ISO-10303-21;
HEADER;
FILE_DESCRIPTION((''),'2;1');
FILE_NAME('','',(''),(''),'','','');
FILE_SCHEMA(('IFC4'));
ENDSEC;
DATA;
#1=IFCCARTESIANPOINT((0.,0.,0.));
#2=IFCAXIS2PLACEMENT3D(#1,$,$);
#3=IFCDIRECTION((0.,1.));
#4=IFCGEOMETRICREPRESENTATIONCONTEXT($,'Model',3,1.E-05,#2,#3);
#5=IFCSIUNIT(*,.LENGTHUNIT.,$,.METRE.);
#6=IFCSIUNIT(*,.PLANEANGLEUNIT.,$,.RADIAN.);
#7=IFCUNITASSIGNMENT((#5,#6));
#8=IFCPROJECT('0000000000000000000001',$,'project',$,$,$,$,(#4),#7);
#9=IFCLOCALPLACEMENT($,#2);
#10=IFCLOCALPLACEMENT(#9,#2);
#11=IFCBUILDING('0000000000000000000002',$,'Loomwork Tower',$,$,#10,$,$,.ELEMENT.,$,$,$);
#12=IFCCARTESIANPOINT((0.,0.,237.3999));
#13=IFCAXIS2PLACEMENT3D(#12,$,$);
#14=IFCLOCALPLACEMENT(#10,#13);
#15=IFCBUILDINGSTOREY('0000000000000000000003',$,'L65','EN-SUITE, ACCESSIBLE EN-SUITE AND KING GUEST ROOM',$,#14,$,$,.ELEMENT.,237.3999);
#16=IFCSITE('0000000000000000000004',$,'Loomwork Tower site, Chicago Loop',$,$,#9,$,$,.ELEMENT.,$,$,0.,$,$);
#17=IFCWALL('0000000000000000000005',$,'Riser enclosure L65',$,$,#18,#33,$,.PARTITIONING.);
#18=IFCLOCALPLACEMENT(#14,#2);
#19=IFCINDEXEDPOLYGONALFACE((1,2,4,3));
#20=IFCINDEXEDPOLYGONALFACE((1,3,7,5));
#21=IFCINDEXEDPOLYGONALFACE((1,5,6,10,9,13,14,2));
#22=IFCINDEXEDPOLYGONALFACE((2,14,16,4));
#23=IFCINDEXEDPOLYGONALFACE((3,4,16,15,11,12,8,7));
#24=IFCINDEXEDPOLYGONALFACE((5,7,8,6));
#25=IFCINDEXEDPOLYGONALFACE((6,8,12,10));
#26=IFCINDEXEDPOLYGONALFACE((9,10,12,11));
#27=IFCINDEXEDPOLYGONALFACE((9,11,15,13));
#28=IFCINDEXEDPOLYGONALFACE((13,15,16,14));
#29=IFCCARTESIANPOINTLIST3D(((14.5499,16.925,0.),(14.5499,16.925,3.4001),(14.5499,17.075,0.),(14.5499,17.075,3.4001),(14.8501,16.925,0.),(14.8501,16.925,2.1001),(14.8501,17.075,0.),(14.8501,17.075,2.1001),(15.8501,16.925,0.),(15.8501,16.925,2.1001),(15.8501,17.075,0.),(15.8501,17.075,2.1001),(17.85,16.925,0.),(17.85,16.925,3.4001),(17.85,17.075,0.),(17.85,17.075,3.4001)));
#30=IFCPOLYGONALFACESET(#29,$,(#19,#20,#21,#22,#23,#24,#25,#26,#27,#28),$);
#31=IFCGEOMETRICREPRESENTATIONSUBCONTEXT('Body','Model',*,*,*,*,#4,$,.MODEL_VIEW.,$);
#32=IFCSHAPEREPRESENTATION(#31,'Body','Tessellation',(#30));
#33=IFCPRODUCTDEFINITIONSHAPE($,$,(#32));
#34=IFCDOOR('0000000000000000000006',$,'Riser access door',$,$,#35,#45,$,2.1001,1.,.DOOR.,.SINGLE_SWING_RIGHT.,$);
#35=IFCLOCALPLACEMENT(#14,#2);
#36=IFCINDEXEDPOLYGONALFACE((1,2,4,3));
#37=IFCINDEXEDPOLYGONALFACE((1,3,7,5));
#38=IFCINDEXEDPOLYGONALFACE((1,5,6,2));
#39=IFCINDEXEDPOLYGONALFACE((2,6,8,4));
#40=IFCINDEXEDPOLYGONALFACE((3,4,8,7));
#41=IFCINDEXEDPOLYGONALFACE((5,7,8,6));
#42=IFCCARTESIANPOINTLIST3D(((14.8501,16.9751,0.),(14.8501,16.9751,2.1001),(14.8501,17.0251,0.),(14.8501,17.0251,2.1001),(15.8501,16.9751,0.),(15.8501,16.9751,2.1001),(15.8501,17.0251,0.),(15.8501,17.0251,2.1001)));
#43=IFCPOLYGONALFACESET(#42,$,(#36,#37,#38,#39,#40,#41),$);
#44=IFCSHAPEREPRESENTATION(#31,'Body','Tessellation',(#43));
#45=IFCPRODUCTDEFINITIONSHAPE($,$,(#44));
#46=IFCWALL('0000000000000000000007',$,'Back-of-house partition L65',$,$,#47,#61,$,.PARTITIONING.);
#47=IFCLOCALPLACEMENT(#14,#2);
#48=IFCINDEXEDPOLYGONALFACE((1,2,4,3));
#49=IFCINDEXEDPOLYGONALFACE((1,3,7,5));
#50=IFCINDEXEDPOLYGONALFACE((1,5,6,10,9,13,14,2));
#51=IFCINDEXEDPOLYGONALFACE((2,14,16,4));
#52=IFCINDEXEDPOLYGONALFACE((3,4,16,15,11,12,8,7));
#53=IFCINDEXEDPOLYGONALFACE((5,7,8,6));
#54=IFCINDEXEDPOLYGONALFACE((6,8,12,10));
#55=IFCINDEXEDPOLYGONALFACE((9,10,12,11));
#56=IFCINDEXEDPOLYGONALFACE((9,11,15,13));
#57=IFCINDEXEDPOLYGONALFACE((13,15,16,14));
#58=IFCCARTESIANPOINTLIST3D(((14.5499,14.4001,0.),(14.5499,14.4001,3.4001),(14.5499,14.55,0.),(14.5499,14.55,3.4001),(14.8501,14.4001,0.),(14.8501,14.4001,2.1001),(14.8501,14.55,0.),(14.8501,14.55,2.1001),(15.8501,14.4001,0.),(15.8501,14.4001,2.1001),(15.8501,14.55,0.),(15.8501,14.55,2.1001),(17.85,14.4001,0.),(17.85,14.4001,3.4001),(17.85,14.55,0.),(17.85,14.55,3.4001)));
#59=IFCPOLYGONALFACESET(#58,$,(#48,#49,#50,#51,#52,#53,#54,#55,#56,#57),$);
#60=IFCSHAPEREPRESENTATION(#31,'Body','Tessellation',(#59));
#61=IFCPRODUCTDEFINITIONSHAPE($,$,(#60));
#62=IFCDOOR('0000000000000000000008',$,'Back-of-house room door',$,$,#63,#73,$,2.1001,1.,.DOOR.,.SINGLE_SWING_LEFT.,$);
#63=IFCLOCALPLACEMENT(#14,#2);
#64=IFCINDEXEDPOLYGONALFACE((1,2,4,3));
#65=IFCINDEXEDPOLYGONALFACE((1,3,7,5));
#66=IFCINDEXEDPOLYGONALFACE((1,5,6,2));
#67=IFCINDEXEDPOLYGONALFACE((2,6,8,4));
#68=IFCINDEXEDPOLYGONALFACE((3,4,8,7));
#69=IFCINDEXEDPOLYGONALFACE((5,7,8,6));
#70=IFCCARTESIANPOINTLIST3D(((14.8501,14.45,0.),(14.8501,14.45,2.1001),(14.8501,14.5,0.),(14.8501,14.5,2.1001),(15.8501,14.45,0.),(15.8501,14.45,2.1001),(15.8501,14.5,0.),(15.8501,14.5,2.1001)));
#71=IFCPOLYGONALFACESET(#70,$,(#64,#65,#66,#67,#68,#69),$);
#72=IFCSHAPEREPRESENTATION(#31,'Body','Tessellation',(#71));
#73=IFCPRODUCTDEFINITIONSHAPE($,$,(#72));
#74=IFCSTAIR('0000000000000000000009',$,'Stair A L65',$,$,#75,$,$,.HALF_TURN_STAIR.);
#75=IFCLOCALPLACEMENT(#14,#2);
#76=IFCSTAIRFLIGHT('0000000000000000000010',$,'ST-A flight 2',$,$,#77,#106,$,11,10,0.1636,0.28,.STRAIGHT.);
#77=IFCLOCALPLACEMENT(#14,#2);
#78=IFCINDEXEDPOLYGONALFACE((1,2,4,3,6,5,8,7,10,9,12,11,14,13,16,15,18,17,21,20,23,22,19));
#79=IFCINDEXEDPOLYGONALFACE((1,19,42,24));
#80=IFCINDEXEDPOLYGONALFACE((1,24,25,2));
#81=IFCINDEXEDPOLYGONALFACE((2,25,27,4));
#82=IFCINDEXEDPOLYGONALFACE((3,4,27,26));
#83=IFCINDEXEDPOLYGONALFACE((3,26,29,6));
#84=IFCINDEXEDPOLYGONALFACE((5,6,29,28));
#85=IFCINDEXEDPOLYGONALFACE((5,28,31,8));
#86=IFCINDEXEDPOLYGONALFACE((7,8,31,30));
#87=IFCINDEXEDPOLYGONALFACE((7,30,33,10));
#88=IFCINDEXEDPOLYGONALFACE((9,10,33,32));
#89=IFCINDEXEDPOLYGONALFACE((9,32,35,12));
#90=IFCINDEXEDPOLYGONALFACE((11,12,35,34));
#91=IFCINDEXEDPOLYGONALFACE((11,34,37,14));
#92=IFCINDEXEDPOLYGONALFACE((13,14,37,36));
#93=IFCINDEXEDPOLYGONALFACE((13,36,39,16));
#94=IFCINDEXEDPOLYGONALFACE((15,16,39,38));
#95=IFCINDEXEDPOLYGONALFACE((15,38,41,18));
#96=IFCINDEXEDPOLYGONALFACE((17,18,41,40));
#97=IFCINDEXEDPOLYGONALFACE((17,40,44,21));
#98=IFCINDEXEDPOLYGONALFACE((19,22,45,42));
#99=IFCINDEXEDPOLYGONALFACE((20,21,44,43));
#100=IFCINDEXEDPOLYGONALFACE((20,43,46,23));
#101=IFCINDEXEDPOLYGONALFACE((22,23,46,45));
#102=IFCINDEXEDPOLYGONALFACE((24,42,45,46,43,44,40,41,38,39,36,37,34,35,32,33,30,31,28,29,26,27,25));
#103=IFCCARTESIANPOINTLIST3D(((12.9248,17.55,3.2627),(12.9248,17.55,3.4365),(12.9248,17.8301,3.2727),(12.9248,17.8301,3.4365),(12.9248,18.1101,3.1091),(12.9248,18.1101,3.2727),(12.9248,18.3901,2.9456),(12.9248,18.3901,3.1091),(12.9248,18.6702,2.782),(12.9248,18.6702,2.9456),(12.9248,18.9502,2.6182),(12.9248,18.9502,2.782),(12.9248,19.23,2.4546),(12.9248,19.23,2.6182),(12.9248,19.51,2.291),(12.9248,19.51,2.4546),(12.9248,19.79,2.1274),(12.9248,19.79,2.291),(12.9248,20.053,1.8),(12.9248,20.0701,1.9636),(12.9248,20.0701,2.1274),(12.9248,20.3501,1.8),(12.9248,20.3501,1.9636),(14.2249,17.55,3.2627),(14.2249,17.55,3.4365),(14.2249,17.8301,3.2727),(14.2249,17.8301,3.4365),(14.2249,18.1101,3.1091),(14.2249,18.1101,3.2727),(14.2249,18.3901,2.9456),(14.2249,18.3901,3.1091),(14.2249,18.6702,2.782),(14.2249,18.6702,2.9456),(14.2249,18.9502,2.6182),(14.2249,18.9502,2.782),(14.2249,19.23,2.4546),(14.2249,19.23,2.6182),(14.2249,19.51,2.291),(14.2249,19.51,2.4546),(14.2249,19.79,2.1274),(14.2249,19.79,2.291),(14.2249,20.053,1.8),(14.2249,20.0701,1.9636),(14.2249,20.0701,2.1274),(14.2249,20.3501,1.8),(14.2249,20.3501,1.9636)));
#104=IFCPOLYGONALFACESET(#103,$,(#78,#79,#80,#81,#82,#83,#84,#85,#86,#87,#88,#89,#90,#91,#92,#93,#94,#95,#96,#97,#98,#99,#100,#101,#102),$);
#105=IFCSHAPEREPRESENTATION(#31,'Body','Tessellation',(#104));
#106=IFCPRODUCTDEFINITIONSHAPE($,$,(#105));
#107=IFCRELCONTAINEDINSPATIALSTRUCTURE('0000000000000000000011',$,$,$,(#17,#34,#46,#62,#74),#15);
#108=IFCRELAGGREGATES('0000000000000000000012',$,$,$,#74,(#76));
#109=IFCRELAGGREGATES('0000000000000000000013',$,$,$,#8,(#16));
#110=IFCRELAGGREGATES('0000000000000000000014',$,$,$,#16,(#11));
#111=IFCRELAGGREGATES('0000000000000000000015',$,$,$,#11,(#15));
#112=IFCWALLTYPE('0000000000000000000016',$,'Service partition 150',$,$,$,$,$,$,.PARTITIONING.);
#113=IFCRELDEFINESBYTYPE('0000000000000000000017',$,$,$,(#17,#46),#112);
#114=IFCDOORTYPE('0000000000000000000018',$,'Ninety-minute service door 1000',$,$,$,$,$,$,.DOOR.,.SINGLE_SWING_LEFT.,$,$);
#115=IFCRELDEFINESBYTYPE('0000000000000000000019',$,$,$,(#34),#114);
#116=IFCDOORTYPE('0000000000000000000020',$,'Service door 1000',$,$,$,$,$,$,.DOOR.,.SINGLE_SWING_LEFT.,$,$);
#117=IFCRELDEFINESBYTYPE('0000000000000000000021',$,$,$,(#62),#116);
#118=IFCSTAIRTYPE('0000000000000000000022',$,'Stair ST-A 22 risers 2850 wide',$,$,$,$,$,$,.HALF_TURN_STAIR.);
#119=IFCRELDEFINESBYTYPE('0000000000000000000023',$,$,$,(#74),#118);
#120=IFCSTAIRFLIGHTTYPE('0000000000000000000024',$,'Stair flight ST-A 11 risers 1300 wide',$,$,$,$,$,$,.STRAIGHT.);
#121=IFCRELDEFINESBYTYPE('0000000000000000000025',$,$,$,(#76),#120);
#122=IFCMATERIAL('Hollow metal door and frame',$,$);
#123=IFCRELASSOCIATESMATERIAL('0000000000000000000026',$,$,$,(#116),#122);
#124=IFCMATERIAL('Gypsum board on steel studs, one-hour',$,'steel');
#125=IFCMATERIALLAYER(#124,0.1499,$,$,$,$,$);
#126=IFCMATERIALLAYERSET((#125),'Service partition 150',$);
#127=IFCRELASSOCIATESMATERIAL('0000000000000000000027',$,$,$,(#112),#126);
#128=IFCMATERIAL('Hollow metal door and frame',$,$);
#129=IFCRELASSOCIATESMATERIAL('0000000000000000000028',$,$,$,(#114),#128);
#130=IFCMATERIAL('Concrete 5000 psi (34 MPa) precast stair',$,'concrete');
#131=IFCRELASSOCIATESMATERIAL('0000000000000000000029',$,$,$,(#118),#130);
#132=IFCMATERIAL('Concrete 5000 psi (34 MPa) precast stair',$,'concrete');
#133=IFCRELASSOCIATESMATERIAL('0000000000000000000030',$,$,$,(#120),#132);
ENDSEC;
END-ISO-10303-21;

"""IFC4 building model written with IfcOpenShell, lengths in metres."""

from ifc_helpers import new_model, si_unit, direction, frame, frame_2d, origin, place, context, subcontext, project, spatial, polyline, rectangle, outline, extrude, material, layer, layer_set, type_object, element, fill, aggregate, save


model = new_model("IFC4")

# Units and contexts
model_context = context("Model", 3, precision=1e-05, world=origin(), true_north=direction((0.0, 1.0)))
body_context = subcontext(model_context, "Body", "Model", "MODEL_VIEW")
ifc_project = project(units=[si_unit("LENGTHUNIT", "METRE"), si_unit("PLANEANGLEUNIT", "RADIAN")], contexts=[model_context])

# Site, building, storey
site_placement = place(None, origin())
site = spatial("IfcSite", under=ifc_project, at=site_placement, Name="Loomwork Tower site, Chicago Loop", CompositionType="ELEMENT", RefElevation=0.0)
building_placement = place(site_placement, origin())
building = spatial("IfcBuilding", under=site, at=building_placement, Name="Loomwork Tower", CompositionType="ELEMENT")
storey_placement = place(building_placement, frame((0.0, 0.0, 237.3999)))
storey = spatial("IfcBuildingStorey", under=building, at=storey_placement, Name="L65", Description="EN-SUITE, ACCESSIBLE EN-SUITE AND KING GUEST ROOM", CompositionType="ELEMENT", Elevation=237.3999)

# Shared definitions
ifc_material_1 = material(Name="Hollow metal door and frame")
door_type_1 = type_object("IfcDoorType", Name="Service door 1000", OperationType="SINGLE_SWING_LEFT", PredefinedType="DOOR", material=ifc_material_1)

# Walls, openings, doors
ifc_material_2 = material(Name="Gypsum board on steel studs, one-hour", Category="steel")
ifc_layer_1 = layer(ifc_material_2, 0.1499)
ifc_layer_set_1 = layer_set([ifc_layer_1], Name="Service partition 150")
wall_type_1 = type_object("IfcWallType", Name="Service partition 150", PredefinedType="PARTITIONING", material=ifc_layer_set_1)
wall_1_placement = place(storey_placement, frame((14.55, 17.0, 0.0), z_axis=(0.0, 0.0, 1.0), x_axis=(1.0, 0.0, 0.0)))
wall_1 = element("IfcWall", 1, at=wall_1_placement, inside=storey, type_object=wall_type_1, Name="Riser enclosure L65", PredefinedType="PARTITIONING", context=body_context, shape_type="SweptSolid", body=[
    extrude(rectangle(XDim=3.3, YDim=0.1499, at=frame_2d((1.6499, 0.0))), origin(), (0.0, 0.0, 1.0), 3.4001),
])
opening_1_placement = place(wall_1_placement, frame((0.3, 0.0, 0.0)))
opening_1 = element("IfcOpeningElement", 2, at=opening_1_placement, cuts=wall_1, PredefinedType="OPENING", context=body_context, shape_type="SweptSolid", body=[
    extrude(rectangle(XDim=1.0, YDim=2.1001, at=frame_2d((0.5, 1.05))), frame((0.0, 0.085, 0.0), z_axis=(0.0, -1.0, 0.0), x_axis=(1.0, 0.0, 0.0)), (0.0, 0.0, 1.0), 0.1699),
])
ifc_material_3 = material(Name="Hollow metal door and frame")
door_type_2 = type_object("IfcDoorType", Name="Ninety-minute service door 1000", OperationType="SINGLE_SWING_LEFT", PredefinedType="DOOR", material=ifc_material_3)
door_1_placement = place(opening_1_placement, frame((1.0, 0.0, 0.0), z_axis=(0.0, 0.0, 1.0), x_axis=(-1.0, 0.0, 0.0)))
door_1 = element("IfcDoor", 3, at=door_1_placement, inside=storey, type_object=door_type_2, Name="Riser access door", OperationType="SINGLE_SWING_RIGHT", OverallHeight=2.1001, OverallWidth=1.0, PredefinedType="DOOR", context=body_context, shape_type="SweptSolid", body=[
    extrude(rectangle(XDim=1.0, YDim=2.1001, at=frame_2d((0.5, 1.05))), frame((0.0, 0.0249, 0.0), z_axis=(0.0, -1.0, 0.0), x_axis=(1.0, 0.0, 0.0)), (0.0, 0.0, 1.0), 0.05),
])
fill(opening_1, door_1)
wall_2_placement = place(storey_placement, frame((14.55, 14.4751, 0.0), z_axis=(0.0, 0.0, 1.0), x_axis=(1.0, 0.0, 0.0)))
wall_2 = element("IfcWall", 4, at=wall_2_placement, inside=storey, type_object=wall_type_1, Name="Back-of-house partition L65", PredefinedType="PARTITIONING", context=body_context, shape_type="SweptSolid", body=[
    extrude(rectangle(XDim=3.3, YDim=0.1499, at=frame_2d((1.6499, 0.0))), origin(), (0.0, 0.0, 1.0), 3.4001),
])
opening_2_placement = place(wall_2_placement, frame((0.3, 0.0, 0.0)))
opening_2 = element("IfcOpeningElement", 5, at=opening_2_placement, cuts=wall_2, PredefinedType="OPENING", context=body_context, shape_type="SweptSolid", body=[
    extrude(rectangle(XDim=1.0, YDim=2.1001, at=frame_2d((0.5, 1.05))), frame((0.0, 0.085, 0.0), z_axis=(0.0, -1.0, 0.0), x_axis=(1.0, 0.0, 0.0)), (0.0, 0.0, 1.0), 0.1699),
])
door_2_placement = place(opening_2_placement, origin())
door_2 = element("IfcDoor", 6, at=door_2_placement, inside=storey, type_object=door_type_1, Name="Back-of-house room door", OperationType="SINGLE_SWING_LEFT", OverallHeight=2.1001, OverallWidth=1.0, PredefinedType="DOOR", context=body_context, shape_type="SweptSolid", body=[
    extrude(rectangle(XDim=1.0, YDim=2.1001, at=frame_2d((0.5, 1.05))), frame((0.0, 0.0249, 0.0), z_axis=(0.0, -1.0, 0.0), x_axis=(1.0, 0.0, 0.0)), (0.0, 0.0, 1.0), 0.05),
])
fill(opening_2, door_2)

# Stair, stair flight
ifc_material_4 = material(Name="Concrete 5000 psi (34 MPa) precast stair", Category="concrete")
stair_type = type_object("IfcStairType", Name="Stair ST-A 22 risers 2850 wide", PredefinedType="HALF_TURN_STAIR", material=ifc_material_4)
stair_placement = place(storey_placement, origin())
stair = element("IfcStair", 7, at=stair_placement, inside=storey, type_object=stair_type, Name="Stair A L65", PredefinedType="HALF_TURN_STAIR")
ifc_material_5 = material(Name="Concrete 5000 psi (34 MPa) precast stair", Category="concrete")
stair_flight_type = type_object("IfcStairFlightType", Name="Stair flight ST-A 11 risers 1300 wide", PredefinedType="STRAIGHT", material=ifc_material_5)
stair_flight_placement = place(storey_placement, frame((13.575, 20.3501, 1.8), z_axis=(0.0, 0.0, 1.0), x_axis=(0.0, -1.0, 0.0)))
stair_flight = element("IfcStairFlight", 8, at=stair_flight_placement, type_object=stair_flight_type, Name="ST-A flight 2", NumberOfRisers=11, NumberOfTreads=10, PredefinedType="STRAIGHT", RiserHeight=0.1636, TreadLength=0.28, context=body_context, shape_type="SweptSolid", body=[
    extrude(outline(polyline([(0.0, 0.0), (0.0, 0.1636), (0.28, 0.1636), (0.28, 0.3274), (0.5601, 0.3274), (0.5601, 0.491), (0.8401, 0.491), (0.8401, 0.6545), (1.1201, 0.6545), (1.1201, 0.8181), (1.3999, 0.8181), (1.3999, 0.9819), (1.6799, 0.9819), (1.6799, 1.1455), (1.96, 1.1455), (1.96, 1.3091), (2.24, 1.3091), (2.24, 1.4727), (2.52, 1.4727), (2.52, 1.6365), (2.8, 1.6365), (2.8, 1.8), (2.8, 1.4626), (0.2971, 0.0), (0.0, 0.0)])), frame((0.0, 0.6499, 0.0), z_axis=(0.0, -1.0, 0.0), x_axis=(1.0, 0.0, 0.0)), (0.0, 0.0, 1.0), 1.3),
])
aggregate(stair, [stair_flight])

save(model, "model.ifc")
